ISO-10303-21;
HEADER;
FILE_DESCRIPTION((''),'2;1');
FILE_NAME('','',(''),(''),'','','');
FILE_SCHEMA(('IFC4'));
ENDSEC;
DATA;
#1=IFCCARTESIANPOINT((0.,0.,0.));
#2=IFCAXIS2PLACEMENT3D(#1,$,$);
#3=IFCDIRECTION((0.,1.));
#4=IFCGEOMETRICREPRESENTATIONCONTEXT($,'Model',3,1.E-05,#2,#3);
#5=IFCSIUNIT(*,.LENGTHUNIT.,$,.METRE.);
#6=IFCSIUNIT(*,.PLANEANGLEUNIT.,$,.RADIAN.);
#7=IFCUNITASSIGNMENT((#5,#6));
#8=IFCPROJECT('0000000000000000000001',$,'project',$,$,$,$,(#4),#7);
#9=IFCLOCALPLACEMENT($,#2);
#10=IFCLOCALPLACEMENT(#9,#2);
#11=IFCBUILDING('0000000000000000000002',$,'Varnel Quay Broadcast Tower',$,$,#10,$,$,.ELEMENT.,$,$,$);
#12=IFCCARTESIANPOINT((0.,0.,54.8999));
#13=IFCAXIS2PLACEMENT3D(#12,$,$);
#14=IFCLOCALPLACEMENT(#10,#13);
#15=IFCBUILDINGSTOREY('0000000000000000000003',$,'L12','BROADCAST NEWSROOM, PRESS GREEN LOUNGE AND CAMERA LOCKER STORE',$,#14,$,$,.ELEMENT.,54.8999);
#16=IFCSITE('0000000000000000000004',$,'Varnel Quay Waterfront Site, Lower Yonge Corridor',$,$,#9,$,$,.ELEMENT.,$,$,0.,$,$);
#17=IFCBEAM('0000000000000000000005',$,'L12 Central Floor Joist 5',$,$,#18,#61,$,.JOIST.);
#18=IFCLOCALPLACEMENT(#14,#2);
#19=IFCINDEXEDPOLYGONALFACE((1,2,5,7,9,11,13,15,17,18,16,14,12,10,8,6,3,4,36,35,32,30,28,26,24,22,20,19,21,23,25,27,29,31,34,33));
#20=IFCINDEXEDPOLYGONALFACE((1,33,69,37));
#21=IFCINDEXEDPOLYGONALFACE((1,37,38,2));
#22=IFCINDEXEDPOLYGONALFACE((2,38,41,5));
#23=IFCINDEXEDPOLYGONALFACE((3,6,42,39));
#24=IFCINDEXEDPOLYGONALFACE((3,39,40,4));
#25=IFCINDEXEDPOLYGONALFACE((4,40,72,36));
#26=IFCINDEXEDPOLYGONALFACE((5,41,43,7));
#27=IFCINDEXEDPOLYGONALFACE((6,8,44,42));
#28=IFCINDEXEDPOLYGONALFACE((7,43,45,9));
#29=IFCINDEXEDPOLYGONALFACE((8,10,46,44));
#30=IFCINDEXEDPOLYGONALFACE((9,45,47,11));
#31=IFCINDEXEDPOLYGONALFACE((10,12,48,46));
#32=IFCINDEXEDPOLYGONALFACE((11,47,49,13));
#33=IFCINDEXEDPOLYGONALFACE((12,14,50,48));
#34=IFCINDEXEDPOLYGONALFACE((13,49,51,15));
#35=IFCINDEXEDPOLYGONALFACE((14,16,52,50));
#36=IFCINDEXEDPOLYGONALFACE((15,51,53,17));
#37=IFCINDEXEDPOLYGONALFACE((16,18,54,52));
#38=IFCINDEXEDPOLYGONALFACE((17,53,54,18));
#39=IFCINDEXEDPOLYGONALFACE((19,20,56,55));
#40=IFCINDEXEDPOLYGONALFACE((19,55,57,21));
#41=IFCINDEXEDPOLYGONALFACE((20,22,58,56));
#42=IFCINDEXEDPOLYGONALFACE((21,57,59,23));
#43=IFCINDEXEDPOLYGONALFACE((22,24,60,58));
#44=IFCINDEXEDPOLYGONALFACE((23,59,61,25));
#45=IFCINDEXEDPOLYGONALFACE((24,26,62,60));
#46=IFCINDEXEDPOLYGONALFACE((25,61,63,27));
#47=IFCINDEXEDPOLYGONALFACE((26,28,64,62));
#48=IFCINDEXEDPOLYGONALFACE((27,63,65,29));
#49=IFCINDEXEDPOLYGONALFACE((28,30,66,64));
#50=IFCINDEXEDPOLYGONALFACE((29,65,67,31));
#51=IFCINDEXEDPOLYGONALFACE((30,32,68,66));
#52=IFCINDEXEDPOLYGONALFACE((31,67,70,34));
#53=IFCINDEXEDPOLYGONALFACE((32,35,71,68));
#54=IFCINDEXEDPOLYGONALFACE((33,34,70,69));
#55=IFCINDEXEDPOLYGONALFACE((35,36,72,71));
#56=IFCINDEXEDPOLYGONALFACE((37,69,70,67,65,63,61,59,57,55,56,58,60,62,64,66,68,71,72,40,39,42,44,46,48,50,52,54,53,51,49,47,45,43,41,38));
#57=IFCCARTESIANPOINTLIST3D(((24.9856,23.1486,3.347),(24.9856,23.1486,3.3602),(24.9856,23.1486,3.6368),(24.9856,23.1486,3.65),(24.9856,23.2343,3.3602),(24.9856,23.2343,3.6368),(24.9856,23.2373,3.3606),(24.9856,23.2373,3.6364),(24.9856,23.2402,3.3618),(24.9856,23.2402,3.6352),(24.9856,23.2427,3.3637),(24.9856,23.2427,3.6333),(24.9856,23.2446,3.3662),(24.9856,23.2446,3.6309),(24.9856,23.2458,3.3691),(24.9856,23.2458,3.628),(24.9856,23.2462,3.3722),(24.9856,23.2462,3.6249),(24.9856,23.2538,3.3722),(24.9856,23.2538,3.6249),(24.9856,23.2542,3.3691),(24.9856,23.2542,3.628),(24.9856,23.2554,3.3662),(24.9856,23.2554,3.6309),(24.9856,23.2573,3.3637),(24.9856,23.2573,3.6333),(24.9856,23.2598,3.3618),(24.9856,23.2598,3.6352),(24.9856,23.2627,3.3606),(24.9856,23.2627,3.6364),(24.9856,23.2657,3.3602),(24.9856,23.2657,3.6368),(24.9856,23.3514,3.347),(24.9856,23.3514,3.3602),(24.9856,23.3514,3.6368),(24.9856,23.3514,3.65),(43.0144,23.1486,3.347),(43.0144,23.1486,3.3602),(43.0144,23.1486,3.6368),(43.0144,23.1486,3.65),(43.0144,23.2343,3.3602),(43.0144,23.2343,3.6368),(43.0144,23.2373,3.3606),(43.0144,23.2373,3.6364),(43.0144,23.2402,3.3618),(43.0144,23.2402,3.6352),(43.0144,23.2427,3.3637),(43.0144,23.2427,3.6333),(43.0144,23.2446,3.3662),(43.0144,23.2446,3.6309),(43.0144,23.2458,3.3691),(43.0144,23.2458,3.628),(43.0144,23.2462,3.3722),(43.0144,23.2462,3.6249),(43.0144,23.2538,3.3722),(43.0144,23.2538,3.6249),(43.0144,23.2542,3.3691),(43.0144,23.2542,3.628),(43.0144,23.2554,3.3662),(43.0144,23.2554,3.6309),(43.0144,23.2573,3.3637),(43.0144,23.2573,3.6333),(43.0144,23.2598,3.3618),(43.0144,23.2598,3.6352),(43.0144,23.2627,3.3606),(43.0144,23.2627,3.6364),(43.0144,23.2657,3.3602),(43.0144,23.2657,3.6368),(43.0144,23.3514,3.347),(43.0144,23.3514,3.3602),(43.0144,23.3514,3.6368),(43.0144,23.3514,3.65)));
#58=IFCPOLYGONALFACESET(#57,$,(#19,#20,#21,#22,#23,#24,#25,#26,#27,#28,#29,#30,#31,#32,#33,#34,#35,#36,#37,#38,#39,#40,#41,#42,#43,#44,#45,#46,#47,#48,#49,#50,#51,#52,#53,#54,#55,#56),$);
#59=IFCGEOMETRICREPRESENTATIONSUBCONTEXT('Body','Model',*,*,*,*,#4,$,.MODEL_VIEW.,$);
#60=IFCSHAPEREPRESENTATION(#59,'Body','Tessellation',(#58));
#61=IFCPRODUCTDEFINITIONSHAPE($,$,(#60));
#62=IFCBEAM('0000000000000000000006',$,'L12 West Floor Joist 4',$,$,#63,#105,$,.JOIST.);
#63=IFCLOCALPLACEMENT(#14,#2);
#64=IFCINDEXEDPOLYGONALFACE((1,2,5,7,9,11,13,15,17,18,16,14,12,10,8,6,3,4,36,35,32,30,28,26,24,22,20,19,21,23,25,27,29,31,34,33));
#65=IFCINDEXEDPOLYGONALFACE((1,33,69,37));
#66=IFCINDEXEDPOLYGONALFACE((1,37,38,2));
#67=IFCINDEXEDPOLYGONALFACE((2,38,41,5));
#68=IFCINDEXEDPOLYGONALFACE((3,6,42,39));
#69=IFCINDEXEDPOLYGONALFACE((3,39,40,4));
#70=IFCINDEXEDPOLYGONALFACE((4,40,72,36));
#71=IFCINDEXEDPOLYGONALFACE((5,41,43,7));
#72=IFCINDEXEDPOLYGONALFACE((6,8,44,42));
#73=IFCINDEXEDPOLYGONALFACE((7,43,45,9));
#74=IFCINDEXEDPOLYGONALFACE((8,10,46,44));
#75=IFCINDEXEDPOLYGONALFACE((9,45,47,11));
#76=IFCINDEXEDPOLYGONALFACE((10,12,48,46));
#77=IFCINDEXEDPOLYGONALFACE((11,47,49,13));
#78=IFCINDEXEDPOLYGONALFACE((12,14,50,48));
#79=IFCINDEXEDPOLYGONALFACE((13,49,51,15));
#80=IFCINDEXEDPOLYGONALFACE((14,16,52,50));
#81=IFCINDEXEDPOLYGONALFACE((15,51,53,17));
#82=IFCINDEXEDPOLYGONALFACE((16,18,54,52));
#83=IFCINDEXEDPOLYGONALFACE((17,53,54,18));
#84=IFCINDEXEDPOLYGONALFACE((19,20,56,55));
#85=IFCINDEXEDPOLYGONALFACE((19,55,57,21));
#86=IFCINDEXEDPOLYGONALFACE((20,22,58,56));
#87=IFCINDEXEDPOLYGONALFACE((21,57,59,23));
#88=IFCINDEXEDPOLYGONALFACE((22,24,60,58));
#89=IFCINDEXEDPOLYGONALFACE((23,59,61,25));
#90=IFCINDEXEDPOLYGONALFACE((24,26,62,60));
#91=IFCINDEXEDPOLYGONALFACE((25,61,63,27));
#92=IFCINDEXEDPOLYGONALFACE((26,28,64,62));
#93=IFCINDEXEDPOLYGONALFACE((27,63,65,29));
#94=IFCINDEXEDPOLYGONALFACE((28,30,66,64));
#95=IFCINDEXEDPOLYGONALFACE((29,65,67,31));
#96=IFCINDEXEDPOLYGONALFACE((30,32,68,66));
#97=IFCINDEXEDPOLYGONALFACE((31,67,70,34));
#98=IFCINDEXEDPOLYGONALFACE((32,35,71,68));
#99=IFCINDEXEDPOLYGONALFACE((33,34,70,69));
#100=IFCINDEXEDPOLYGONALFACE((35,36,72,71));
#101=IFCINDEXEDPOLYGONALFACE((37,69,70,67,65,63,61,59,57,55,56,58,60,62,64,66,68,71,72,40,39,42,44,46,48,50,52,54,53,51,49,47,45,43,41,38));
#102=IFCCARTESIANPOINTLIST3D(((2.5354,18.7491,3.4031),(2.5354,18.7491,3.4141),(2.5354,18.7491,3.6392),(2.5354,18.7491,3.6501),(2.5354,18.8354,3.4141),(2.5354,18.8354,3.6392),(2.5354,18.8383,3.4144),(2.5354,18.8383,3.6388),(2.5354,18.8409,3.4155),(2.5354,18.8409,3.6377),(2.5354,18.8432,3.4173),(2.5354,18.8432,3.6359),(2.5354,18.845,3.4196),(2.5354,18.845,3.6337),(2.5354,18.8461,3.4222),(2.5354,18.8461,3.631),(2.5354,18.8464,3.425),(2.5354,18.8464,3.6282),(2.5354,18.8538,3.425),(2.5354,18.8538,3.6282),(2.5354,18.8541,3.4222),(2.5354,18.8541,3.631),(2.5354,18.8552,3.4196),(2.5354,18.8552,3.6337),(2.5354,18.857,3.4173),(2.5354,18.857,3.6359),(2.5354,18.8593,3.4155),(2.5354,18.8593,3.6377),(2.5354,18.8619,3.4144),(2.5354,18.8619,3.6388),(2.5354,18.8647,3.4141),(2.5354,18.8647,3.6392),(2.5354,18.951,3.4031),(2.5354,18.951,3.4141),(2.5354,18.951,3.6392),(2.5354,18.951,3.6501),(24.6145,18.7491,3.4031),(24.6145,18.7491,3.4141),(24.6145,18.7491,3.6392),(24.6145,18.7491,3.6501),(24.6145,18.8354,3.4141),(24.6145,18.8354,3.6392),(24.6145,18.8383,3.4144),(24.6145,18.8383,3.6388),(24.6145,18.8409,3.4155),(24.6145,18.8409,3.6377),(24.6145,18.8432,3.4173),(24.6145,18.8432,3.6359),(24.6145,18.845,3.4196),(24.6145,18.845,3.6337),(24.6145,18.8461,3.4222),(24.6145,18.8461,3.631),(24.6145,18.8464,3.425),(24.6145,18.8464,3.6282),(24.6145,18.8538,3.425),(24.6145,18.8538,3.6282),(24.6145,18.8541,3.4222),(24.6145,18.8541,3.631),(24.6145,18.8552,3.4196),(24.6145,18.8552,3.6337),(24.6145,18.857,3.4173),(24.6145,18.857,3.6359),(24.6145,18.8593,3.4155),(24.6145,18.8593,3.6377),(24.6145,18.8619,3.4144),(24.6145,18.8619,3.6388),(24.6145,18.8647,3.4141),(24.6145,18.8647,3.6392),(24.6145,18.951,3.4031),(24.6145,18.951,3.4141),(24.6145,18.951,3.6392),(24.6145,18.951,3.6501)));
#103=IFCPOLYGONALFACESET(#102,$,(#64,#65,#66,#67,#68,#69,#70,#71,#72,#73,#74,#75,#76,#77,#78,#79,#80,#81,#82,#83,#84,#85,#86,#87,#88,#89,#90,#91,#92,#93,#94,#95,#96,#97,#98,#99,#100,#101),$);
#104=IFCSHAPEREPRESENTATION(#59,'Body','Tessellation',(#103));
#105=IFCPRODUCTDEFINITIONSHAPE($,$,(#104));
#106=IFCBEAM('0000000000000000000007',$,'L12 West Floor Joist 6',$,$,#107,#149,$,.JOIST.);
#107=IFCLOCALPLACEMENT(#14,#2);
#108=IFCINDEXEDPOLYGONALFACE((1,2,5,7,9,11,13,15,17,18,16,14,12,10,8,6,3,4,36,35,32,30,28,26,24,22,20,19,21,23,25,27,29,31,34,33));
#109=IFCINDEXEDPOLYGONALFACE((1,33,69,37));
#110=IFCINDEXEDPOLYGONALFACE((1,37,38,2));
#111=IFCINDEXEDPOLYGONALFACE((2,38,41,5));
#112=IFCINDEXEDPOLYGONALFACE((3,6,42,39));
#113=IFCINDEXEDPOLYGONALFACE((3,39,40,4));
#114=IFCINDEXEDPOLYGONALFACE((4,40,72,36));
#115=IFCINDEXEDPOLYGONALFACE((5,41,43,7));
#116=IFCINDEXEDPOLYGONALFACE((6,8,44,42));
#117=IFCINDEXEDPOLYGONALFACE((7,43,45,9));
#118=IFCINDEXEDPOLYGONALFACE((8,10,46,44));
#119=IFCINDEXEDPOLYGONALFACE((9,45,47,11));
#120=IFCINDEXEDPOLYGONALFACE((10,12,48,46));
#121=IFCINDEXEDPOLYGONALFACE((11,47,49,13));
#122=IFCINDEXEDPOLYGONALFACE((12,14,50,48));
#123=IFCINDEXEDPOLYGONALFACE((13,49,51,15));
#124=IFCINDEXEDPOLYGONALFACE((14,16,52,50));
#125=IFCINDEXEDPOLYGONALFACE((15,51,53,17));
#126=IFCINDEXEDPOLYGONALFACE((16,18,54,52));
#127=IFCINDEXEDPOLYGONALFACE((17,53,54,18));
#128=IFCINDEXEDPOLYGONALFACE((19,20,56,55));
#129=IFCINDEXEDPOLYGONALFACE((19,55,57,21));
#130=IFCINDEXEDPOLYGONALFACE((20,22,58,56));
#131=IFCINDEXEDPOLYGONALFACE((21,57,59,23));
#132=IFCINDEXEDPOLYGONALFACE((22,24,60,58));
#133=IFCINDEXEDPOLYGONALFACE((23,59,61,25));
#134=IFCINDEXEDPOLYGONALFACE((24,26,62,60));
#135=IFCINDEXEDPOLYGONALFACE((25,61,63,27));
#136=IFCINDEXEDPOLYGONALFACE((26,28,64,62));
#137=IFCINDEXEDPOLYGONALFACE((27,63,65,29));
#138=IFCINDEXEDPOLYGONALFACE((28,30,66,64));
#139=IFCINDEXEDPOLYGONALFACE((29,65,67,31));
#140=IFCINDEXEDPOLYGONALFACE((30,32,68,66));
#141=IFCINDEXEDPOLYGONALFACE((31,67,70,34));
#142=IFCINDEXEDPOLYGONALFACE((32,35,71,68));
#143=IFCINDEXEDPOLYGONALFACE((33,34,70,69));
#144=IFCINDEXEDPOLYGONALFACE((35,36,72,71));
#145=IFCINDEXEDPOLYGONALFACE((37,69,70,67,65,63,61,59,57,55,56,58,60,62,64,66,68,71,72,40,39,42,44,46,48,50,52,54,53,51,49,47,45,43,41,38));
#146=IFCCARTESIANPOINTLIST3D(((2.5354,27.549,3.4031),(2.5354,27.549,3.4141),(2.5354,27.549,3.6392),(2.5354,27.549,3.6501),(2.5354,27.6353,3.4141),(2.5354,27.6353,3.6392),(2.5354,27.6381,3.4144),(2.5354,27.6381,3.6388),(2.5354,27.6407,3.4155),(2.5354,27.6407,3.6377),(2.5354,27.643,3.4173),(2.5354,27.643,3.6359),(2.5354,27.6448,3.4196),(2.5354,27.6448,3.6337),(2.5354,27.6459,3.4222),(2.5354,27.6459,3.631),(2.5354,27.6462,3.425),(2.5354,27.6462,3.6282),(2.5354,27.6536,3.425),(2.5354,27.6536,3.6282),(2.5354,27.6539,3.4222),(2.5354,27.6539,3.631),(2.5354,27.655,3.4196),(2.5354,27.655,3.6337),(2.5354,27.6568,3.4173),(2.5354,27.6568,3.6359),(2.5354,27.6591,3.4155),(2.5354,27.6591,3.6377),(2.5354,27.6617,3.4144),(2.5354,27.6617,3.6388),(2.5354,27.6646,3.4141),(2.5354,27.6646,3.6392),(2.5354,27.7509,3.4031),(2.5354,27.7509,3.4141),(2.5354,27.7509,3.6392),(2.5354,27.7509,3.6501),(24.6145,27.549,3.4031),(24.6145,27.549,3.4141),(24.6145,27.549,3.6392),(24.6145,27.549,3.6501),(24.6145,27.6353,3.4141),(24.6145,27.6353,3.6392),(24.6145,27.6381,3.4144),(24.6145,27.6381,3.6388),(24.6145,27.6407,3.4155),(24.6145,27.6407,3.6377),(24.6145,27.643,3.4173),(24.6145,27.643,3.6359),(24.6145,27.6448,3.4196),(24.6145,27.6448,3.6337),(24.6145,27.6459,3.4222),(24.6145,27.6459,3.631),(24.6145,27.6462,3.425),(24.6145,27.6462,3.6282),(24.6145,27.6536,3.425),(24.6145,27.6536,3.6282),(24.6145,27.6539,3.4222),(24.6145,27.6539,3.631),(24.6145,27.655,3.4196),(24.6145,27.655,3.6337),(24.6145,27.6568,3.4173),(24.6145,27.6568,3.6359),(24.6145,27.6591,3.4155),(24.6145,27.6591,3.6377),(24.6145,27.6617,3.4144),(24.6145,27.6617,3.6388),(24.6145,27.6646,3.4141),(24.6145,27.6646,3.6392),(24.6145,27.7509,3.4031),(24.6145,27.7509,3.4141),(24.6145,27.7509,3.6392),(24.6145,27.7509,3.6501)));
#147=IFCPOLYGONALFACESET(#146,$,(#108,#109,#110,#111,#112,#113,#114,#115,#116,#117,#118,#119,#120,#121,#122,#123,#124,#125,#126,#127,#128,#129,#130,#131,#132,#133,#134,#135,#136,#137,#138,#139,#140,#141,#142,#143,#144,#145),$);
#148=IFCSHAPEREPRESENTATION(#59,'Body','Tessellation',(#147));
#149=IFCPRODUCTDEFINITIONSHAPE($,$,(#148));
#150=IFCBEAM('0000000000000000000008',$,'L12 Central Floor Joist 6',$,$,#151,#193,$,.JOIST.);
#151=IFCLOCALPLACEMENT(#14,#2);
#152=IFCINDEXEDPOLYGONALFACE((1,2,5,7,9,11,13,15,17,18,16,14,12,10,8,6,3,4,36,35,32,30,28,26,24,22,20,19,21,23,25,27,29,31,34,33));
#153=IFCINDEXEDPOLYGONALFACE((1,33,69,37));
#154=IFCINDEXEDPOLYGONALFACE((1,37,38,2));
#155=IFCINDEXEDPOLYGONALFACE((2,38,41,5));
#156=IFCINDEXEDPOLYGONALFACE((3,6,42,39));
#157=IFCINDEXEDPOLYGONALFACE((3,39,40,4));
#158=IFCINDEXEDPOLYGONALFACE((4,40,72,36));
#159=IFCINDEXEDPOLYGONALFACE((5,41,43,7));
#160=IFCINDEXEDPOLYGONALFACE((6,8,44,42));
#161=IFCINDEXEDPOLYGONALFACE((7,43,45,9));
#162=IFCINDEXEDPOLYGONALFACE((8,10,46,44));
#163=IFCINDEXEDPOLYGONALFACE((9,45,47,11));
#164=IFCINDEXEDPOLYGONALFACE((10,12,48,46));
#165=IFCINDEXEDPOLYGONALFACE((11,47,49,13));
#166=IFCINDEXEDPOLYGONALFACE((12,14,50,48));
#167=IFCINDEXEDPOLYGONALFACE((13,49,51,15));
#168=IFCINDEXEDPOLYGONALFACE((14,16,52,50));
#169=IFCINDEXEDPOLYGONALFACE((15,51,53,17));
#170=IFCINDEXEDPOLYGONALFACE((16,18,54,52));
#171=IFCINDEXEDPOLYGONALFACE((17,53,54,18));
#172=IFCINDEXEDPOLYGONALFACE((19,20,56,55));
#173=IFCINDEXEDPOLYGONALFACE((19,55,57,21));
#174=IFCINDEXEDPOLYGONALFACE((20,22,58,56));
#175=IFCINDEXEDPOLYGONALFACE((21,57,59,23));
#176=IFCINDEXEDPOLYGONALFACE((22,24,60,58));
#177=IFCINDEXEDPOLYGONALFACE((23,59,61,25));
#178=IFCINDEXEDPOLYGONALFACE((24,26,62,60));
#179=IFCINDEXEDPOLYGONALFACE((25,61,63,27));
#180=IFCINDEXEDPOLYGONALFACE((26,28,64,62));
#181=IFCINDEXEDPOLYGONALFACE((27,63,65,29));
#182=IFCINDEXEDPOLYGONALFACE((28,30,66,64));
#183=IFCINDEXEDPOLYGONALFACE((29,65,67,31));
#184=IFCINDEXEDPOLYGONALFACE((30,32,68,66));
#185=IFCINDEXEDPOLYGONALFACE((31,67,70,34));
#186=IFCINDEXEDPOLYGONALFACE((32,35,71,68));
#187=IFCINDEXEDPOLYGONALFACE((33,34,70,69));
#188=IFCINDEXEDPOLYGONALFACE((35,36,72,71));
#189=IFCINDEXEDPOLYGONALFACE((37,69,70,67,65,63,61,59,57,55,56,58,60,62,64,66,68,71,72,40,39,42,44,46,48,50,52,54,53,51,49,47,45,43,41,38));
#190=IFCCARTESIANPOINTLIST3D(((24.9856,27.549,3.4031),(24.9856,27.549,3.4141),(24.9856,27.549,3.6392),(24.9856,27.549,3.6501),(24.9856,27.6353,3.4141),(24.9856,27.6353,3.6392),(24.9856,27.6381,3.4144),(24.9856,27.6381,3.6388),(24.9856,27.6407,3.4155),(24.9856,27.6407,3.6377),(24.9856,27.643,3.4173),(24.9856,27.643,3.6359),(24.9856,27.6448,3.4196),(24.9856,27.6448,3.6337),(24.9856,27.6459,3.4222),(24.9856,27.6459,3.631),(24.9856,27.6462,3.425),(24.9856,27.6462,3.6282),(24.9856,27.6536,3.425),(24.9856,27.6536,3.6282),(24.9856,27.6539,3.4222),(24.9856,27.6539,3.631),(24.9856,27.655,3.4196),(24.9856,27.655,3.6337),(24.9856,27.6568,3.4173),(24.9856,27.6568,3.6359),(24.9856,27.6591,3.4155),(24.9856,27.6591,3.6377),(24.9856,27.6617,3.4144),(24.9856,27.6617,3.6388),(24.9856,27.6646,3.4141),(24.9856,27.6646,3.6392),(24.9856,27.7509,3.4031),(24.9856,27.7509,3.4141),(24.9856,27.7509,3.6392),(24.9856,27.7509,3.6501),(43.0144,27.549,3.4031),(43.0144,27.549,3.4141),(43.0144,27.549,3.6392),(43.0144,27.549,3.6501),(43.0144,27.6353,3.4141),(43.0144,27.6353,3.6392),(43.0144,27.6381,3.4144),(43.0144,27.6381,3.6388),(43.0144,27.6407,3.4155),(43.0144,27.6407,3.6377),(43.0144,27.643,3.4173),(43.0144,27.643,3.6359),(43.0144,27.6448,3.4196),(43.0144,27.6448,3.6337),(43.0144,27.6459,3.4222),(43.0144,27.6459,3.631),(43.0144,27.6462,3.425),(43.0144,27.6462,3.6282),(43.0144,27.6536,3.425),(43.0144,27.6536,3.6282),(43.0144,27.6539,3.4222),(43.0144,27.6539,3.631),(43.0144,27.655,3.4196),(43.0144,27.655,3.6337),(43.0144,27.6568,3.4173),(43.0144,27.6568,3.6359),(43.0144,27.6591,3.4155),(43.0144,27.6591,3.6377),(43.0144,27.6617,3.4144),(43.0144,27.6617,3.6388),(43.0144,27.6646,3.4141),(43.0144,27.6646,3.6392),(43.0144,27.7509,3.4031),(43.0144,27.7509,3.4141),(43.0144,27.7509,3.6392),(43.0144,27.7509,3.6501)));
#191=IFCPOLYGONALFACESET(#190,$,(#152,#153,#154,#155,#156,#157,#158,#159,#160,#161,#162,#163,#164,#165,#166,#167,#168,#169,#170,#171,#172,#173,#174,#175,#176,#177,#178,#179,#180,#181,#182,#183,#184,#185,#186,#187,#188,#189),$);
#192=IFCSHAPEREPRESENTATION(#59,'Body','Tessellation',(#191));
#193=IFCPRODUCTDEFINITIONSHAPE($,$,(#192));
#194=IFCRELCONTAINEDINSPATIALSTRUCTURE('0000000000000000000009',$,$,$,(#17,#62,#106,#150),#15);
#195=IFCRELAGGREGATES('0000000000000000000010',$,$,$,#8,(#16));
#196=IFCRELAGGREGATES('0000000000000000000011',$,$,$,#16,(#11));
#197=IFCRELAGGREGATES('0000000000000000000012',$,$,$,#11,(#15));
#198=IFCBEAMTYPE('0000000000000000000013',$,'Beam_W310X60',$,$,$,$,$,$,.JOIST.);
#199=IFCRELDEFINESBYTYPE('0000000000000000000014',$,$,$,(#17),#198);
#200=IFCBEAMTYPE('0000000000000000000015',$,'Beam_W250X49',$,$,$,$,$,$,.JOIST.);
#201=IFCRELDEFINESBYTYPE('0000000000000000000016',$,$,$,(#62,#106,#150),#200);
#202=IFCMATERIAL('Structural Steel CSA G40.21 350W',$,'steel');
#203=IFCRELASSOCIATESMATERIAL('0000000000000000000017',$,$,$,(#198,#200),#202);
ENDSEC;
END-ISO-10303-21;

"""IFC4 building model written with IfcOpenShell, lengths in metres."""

from ifc_helpers import new_model, si_unit, direction, frame, origin, origin_2d, place, context, subcontext, project, spatial, i_section, extrude, source, transform, mapped, material, material_profile, profile_set, type_object, type_shapes, element, save


model = new_model("IFC4")

# Units and contexts
model_context = context("Model", 3, precision=1e-05, world=origin(), true_north=direction((0.0, 1.0)))
body_context = subcontext(model_context, "Body", "Model", "MODEL_VIEW")
ifc_project = project(units=[si_unit("LENGTHUNIT", "METRE"), si_unit("PLANEANGLEUNIT", "RADIAN")], contexts=[model_context])

# Site, building, storey
site_placement = place(None, origin())
site = spatial("IfcSite", under=ifc_project, at=site_placement, Name="Varnel Quay Waterfront Site, Lower Yonge Corridor", CompositionType="ELEMENT", RefElevation=0.0)
building_placement = place(site_placement, origin())
building = spatial("IfcBuilding", under=site, at=building_placement, Name="Varnel Quay Broadcast Tower", CompositionType="ELEMENT")
storey_placement = place(building_placement, frame((0.0, 0.0, 54.8999)))
storey = spatial("IfcBuildingStorey", under=building, at=storey_placement, Name="L12", Description="BROADCAST NEWSROOM, PRESS GREEN LOUNGE AND CAMERA LOCKER STORE", CompositionType="ELEMENT", Elevation=54.8999)

# Shared definitions
ifc_material_1 = material(Name="Structural Steel CSA G40.21 350W", Category="steel")

# Beams
ifc_material_profile_1 = material_profile(ifc_material_1, i_section(OverallWidth=0.2029, OverallDepth=0.303, WebThickness=0.0076, FlangeThickness=0.0132, FilletRadius=0.012, at=origin_2d()), Name="W310X60")
ifc_profile_set_1 = profile_set([ifc_material_profile_1], Name="Structural Steel CSA G40.21 350W")
beam_type_1 = type_object("IfcBeamType", Name="Beam_W310X60", PredefinedType="JOIST", material=ifc_profile_set_1)
shared_shape_1 = source(origin(), body_context, "Body", "SweptSolid", [
    extrude(i_section(OverallWidth=0.2029, OverallDepth=0.303, WebThickness=0.0076, FlangeThickness=0.0132, FilletRadius=0.012, at=origin_2d()), origin(), (0.0, 0.0, 1.0), 18.0288),
])
beam_1_placement = place(storey_placement, frame((24.9856, 23.25, 3.4985), z_axis=(1.0, 0.0, 0.0), x_axis=(0.0, 1.0, 0.0)))
element("IfcBeam", 1, at=beam_1_placement, inside=storey, type_object=beam_type_1, Name="L12 Central Floor Joist 5", PredefinedType="JOIST", context=body_context, shape_type="MappedRepresentation", body=[
    mapped(shared_shape_1, transform((0.0, 0.0, 0.0), x_axis=(1.0, 0.0, 0.0), y_axis=(0.0, 1.0, 0.0), z_axis=(0.0, 0.0, 1.0), scale=1.0)),
])
ifc_material_profile_2 = material_profile(ifc_material_1, i_section(OverallWidth=0.2019, OverallDepth=0.2471, WebThickness=0.0073, FlangeThickness=0.011, FilletRadius=0.011, at=origin_2d()), Name="W250X49")
ifc_profile_set_2 = profile_set([ifc_material_profile_2], Name="Structural Steel CSA G40.21 350W")
beam_type_2 = type_object("IfcBeamType", Name="Beam_W250X49", PredefinedType="JOIST", material=ifc_profile_set_2)
shared_shape_2 = source(origin(), body_context, "Body", "SweptSolid", [
    extrude(i_section(OverallWidth=0.2019, OverallDepth=0.2471, WebThickness=0.0073, FlangeThickness=0.011, FilletRadius=0.011, at=origin_2d()), origin(), (0.0, 0.0, 1.0), 22.0791),
])
for number, where, z_axis, x_axis, name in (
    (2, (2.5354, 18.8501, 3.5266), (1.0, 0.0, 0.0), (0.0, 1.0, 0.0), "L12 West Floor Joist 4"),
    (3, (2.5354, 27.6499, 3.5266), (1.0, 0.0, 0.0), (0.0, 1.0, 0.0), "L12 West Floor Joist 6"),
):
    element("IfcBeam", number, at=place(storey_placement, frame(where, z_axis=z_axis, x_axis=x_axis)), inside=storey, type_object=beam_type_2, Name=name, PredefinedType="JOIST", context=body_context, shape_type="MappedRepresentation", body=[
        mapped(shared_shape_2, transform((0.0, 0.0, 0.0), x_axis=(1.0, 0.0, 0.0), y_axis=(0.0, 1.0, 0.0), z_axis=(0.0, 0.0, 1.0), scale=1.0)),
    ])
shared_shape_3 = source(origin(), body_context, "Body", "SweptSolid", [
    extrude(i_section(OverallWidth=0.2019, OverallDepth=0.2471, WebThickness=0.0073, FlangeThickness=0.011, FilletRadius=0.011, at=origin_2d()), origin(), (0.0, 0.0, 1.0), 18.0288),
])
type_shapes(beam_type_2, [shared_shape_2, shared_shape_3])
beam_2_placement = place(storey_placement, frame((24.9856, 27.6499, 3.5266), z_axis=(1.0, 0.0, 0.0), x_axis=(0.0, 1.0, 0.0)))
element("IfcBeam", 4, at=beam_2_placement, inside=storey, type_object=beam_type_2, Name="L12 Central Floor Joist 6", PredefinedType="JOIST", context=body_context, shape_type="MappedRepresentation", body=[
    mapped(shared_shape_3, transform((0.0, 0.0, 0.0), x_axis=(1.0, 0.0, 0.0), y_axis=(0.0, 1.0, 0.0), z_axis=(0.0, 0.0, 1.0), scale=1.0)),
])

save(model, "model.ifc")
